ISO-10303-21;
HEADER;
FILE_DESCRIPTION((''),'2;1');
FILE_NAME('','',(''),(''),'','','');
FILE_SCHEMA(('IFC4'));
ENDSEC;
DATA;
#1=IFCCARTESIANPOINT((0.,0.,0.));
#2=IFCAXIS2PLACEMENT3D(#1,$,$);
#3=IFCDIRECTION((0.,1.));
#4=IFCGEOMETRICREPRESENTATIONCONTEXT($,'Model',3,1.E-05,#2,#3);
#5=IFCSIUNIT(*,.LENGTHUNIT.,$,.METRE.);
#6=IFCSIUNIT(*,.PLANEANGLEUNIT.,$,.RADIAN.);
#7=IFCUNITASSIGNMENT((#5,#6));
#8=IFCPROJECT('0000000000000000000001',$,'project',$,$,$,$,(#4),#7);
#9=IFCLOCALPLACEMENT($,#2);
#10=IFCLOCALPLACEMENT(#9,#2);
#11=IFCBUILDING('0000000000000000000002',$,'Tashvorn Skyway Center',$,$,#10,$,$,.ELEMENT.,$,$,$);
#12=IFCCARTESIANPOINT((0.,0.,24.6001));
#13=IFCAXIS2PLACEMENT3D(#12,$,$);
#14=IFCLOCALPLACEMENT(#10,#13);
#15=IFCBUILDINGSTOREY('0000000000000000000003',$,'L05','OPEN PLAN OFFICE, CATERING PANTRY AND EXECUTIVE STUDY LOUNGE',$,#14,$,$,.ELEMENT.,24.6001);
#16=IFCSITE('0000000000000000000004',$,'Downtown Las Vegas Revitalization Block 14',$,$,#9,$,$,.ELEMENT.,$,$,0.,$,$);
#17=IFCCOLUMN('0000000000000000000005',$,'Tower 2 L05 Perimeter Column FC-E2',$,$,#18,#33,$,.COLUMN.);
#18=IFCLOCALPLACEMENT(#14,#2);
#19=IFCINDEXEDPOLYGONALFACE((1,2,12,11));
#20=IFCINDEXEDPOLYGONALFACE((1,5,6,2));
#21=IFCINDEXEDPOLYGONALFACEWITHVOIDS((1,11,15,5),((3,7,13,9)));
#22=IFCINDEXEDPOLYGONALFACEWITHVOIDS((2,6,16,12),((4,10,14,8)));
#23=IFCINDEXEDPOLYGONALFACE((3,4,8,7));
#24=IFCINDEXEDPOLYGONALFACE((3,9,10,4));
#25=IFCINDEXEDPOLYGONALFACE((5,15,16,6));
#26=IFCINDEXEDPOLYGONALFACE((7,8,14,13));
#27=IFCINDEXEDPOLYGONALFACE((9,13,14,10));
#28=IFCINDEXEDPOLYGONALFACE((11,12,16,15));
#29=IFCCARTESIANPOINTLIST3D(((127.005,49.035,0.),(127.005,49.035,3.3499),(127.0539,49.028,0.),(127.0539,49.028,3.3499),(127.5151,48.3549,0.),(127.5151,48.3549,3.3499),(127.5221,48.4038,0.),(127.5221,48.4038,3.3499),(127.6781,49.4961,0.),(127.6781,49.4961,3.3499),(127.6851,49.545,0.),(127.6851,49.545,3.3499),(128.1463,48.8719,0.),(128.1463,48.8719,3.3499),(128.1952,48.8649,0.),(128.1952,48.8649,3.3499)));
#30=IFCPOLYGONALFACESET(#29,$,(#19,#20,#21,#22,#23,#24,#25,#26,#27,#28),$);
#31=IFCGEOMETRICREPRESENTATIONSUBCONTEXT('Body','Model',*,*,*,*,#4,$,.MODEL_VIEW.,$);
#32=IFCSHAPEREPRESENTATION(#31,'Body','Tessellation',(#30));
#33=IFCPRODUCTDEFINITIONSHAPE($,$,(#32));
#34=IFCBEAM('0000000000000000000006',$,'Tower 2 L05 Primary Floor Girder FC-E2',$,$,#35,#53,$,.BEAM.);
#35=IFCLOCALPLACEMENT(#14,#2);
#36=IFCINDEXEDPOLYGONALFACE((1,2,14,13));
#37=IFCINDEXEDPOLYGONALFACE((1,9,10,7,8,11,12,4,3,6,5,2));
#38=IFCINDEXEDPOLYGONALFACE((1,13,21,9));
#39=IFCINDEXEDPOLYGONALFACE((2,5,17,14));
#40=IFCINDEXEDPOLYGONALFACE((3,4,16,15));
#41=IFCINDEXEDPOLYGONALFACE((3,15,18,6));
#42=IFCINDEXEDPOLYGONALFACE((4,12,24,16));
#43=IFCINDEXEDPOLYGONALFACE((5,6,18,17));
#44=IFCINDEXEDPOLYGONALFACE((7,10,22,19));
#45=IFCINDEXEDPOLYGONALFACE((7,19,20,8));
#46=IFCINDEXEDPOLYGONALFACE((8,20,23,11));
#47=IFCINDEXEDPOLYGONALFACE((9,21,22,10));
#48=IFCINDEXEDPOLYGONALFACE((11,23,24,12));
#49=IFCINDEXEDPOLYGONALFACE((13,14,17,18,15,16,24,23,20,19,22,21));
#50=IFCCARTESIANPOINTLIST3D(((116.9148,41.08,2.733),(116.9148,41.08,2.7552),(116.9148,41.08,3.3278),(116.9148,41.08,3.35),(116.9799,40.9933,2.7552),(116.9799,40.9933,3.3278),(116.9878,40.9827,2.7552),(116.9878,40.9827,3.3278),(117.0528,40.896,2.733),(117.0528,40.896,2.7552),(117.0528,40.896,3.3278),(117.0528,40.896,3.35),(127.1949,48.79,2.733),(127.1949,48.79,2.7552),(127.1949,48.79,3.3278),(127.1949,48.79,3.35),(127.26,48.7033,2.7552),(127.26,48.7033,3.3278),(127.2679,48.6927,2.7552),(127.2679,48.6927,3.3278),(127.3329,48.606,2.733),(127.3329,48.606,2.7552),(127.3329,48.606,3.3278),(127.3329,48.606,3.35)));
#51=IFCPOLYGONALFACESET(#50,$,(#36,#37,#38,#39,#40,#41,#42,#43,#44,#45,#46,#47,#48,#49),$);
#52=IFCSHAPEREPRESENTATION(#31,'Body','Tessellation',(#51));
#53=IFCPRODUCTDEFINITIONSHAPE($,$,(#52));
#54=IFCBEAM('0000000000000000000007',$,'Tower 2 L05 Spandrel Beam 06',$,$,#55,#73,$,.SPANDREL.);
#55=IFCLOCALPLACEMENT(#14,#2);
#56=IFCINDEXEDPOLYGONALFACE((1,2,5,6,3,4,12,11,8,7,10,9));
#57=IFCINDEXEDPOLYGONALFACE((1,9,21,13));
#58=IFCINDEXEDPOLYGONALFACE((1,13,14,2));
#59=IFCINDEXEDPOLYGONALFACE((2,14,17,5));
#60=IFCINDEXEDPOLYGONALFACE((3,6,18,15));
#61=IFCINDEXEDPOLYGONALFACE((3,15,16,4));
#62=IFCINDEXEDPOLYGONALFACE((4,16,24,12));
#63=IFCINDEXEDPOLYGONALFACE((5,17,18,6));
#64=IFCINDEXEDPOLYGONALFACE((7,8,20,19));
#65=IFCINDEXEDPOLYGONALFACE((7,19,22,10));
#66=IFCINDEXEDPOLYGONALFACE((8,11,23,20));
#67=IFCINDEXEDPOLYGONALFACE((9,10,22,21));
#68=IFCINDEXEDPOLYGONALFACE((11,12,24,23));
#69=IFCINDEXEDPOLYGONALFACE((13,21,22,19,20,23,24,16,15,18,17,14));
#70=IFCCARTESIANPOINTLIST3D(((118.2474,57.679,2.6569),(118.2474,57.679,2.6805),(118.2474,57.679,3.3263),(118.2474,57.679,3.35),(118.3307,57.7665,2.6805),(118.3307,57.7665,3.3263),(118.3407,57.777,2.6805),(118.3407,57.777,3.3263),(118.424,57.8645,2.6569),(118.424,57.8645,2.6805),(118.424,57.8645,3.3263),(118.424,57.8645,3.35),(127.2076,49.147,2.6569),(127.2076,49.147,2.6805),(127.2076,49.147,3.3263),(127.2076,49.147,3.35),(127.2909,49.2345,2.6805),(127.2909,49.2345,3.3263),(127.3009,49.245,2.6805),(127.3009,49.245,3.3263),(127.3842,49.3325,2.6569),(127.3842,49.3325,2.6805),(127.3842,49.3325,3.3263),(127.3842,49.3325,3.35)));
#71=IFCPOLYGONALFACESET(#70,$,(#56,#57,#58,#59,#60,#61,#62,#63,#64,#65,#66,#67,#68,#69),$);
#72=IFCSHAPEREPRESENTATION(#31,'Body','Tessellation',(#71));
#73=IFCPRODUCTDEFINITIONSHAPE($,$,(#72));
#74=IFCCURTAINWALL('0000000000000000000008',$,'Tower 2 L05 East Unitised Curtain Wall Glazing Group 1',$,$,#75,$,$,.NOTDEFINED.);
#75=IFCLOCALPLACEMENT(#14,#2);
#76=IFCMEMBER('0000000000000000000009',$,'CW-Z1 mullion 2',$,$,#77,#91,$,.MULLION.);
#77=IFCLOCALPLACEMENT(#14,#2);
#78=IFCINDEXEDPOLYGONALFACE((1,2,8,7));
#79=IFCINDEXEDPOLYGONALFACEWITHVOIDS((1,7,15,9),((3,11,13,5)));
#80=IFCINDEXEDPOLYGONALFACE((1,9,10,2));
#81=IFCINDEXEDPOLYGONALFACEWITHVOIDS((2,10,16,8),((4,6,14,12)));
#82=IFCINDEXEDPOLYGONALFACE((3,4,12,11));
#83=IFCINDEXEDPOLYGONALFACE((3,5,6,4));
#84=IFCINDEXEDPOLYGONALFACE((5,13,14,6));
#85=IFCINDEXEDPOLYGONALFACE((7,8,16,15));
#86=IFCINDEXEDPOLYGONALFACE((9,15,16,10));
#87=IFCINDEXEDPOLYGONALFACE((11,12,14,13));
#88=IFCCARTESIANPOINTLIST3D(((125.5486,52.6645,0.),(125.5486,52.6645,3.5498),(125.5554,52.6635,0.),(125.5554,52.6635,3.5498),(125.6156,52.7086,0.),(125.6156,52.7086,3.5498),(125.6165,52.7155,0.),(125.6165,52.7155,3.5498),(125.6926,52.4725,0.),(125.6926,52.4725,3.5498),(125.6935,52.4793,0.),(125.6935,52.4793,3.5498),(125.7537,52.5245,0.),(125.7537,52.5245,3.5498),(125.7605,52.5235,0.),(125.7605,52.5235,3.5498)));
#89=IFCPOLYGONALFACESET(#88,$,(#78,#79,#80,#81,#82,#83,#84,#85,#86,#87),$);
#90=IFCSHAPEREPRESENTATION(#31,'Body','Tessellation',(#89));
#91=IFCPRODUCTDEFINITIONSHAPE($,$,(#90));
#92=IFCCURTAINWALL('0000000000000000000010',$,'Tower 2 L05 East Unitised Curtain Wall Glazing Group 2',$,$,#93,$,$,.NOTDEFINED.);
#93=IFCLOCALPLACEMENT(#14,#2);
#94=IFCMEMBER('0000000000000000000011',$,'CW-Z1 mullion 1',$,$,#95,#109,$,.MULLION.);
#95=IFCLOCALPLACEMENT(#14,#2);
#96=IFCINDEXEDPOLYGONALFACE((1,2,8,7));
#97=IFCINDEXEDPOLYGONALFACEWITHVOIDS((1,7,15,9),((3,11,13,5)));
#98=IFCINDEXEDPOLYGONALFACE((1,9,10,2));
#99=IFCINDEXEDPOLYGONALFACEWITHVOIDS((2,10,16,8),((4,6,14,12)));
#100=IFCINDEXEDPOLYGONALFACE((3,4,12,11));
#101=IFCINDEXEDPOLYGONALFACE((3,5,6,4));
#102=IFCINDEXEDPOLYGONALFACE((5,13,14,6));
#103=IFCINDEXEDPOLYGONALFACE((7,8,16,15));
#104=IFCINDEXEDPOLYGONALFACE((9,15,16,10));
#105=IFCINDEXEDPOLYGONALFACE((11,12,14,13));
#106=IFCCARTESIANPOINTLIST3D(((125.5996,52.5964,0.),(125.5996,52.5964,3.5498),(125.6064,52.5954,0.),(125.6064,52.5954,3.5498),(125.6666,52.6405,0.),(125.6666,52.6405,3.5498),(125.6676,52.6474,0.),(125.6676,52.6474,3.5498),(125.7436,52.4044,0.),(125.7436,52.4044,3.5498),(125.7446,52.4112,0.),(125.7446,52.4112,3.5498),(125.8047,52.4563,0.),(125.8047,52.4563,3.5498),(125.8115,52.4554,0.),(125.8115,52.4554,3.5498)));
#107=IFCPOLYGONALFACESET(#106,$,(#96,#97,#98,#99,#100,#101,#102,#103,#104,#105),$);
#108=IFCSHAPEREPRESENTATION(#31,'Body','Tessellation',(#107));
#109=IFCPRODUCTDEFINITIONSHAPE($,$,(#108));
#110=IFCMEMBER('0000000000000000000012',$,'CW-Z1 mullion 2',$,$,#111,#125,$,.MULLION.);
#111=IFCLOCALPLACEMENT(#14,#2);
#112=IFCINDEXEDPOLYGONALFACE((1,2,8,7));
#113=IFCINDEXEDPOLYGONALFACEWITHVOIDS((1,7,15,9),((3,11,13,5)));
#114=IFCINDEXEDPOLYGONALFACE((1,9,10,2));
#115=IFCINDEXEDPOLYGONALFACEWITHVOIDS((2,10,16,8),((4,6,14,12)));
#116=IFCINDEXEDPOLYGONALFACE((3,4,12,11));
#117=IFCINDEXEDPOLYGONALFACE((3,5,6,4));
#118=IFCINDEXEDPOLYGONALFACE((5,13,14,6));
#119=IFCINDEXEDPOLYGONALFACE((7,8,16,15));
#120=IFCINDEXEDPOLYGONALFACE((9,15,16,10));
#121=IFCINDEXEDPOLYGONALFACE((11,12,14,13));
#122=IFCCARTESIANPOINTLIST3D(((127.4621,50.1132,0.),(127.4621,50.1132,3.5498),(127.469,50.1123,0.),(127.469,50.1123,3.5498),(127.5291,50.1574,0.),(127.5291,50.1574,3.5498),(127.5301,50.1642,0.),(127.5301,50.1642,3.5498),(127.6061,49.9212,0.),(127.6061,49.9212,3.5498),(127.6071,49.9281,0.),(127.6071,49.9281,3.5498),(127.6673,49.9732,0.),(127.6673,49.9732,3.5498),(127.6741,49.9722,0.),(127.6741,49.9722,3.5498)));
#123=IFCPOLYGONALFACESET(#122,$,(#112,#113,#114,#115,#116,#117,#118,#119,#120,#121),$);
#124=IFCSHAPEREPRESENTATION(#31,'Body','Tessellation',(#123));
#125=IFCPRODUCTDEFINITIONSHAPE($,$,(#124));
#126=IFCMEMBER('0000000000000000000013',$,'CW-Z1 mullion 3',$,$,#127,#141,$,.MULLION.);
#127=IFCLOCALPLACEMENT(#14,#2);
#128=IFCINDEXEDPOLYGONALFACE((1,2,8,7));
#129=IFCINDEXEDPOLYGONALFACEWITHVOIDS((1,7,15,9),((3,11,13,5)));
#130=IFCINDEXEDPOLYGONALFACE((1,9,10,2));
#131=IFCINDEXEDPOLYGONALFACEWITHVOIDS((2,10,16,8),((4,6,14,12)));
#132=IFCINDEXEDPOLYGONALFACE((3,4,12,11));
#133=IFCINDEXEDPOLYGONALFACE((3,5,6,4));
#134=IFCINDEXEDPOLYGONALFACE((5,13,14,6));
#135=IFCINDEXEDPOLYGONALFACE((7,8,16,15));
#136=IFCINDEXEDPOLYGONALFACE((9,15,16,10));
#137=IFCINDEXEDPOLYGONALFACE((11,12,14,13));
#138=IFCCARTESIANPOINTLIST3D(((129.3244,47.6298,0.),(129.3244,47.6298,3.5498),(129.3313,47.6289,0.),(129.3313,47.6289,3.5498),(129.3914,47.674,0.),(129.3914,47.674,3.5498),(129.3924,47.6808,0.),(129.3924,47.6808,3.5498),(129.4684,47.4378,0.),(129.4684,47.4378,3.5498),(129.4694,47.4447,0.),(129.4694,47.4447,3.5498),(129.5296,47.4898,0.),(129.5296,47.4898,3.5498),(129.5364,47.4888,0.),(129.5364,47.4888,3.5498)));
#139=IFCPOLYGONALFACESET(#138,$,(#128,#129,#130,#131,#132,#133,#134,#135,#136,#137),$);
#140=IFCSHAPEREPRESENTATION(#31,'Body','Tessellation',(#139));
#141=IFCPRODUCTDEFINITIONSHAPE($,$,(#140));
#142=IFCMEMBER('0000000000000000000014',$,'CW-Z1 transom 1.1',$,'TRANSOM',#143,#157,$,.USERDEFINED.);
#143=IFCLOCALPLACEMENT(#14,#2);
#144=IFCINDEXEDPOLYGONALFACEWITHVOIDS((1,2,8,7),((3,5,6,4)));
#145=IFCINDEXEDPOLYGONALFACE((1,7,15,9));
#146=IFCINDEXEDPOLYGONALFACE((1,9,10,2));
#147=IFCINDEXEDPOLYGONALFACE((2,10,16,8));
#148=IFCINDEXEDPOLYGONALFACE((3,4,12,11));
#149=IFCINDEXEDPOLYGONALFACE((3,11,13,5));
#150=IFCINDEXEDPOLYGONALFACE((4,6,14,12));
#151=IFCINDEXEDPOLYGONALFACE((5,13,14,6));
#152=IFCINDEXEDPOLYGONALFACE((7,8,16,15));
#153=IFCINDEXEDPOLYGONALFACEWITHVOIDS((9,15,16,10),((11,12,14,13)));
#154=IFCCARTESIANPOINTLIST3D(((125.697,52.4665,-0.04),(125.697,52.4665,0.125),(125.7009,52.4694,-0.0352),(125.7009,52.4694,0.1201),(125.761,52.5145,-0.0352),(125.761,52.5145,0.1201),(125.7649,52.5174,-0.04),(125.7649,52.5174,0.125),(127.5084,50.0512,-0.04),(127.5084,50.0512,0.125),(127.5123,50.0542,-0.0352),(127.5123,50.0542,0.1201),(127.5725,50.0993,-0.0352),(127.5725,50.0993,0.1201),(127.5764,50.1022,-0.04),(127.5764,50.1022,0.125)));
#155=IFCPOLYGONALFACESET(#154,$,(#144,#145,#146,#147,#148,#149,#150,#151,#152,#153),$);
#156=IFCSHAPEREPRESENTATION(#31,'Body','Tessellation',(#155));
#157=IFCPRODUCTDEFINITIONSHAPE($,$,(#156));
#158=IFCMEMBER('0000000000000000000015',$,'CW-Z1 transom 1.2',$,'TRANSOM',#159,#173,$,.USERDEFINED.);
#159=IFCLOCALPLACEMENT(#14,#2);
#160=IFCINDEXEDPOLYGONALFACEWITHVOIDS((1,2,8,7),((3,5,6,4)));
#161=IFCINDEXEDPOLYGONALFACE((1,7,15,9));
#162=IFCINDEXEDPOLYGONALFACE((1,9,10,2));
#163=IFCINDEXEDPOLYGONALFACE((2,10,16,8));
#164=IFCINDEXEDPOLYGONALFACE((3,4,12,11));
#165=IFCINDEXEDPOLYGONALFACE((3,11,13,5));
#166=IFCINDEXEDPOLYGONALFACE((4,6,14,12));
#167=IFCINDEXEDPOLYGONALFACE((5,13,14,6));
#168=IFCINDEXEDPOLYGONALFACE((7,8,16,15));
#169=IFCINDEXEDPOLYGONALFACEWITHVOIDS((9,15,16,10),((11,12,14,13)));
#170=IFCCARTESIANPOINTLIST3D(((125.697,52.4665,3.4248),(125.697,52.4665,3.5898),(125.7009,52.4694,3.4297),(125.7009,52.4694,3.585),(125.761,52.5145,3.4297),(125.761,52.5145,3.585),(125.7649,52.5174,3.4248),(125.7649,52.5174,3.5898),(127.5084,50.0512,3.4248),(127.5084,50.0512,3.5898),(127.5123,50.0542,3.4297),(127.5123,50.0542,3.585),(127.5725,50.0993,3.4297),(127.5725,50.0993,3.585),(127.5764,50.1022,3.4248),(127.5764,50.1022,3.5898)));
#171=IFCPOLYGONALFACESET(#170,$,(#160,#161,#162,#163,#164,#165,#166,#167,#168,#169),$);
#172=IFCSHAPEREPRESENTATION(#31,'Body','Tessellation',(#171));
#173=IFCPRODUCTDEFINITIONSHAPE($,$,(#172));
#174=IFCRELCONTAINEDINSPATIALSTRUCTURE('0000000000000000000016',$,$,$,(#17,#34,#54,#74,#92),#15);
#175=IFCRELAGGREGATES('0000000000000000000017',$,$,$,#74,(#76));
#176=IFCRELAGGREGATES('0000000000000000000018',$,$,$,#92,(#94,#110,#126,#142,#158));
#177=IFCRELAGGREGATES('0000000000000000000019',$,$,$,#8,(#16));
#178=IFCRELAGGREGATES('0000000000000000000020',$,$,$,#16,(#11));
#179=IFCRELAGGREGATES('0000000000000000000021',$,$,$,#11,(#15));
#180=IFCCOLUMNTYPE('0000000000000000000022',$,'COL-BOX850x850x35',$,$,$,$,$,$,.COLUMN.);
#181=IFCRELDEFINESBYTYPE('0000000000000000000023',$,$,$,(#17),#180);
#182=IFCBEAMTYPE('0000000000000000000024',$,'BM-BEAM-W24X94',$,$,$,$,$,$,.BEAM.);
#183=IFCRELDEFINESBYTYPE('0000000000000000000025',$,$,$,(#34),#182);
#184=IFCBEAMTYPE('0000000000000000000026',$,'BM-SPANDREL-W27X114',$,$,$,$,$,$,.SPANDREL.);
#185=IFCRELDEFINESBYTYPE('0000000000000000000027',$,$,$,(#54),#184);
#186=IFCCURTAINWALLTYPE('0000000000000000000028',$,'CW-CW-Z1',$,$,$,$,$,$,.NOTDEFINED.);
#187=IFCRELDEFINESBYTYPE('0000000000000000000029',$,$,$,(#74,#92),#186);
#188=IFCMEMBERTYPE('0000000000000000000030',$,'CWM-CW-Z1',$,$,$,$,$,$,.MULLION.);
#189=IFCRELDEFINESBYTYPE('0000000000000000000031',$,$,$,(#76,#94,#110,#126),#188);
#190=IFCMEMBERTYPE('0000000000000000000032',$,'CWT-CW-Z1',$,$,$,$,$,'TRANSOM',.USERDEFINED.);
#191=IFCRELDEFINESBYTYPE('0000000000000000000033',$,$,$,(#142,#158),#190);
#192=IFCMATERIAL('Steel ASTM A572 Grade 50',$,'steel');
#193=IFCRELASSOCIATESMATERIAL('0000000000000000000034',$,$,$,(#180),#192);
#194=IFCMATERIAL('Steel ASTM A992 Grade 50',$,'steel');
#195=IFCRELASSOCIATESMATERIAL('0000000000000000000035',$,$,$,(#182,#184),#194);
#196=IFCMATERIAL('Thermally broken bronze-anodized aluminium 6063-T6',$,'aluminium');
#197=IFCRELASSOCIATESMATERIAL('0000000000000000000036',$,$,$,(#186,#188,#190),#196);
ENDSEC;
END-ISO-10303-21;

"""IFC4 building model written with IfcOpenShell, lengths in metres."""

from ifc_helpers import new_model, si_unit, direction, frame, origin, origin_2d, place, context, subcontext, project, spatial, hollow_rectangle, i_section, extrude, material, material_profile, profile_set, type_object, element, aggregate, save


model = new_model("IFC4")

# Units and contexts
model_context = context("Model", 3, precision=1e-05, world=origin(), true_north=direction((0.0, 1.0)))
body_context = subcontext(model_context, "Body", "Model", "MODEL_VIEW")
ifc_project = project(units=[si_unit("LENGTHUNIT", "METRE"), si_unit("PLANEANGLEUNIT", "RADIAN")], contexts=[model_context])

# Site, building, storey
site_placement = place(None, origin())
site = spatial("IfcSite", under=ifc_project, at=site_placement, Name="Downtown Las Vegas Revitalization Block 14", CompositionType="ELEMENT", RefElevation=0.0)
building_placement = place(site_placement, origin())
building = spatial("IfcBuilding", under=site, at=building_placement, Name="Tashvorn Skyway Center", CompositionType="ELEMENT")
storey_placement = place(building_placement, frame((0.0, 0.0, 24.6001)))
storey = spatial("IfcBuildingStorey", under=building, at=storey_placement, Name="L05", Description="OPEN PLAN OFFICE, CATERING PANTRY AND EXECUTIVE STUDY LOUNGE", CompositionType="ELEMENT", Elevation=24.6001)

# Column
ifc_material_1 = material(Name="Steel ASTM A572 Grade 50", Category="steel")
ifc_material_profile_1 = material_profile(ifc_material_1, hollow_rectangle(XDim=0.8501, YDim=0.8501, WallThickness=0.0349, at=origin_2d()), Name="BOX850x850x35")
ifc_profile_set_1 = profile_set([ifc_material_profile_1], Name="Steel ASTM A572 Grade 50")
column_type = type_object("IfcColumnType", Name="COL-BOX850x850x35", PredefinedType="COLUMN", material=ifc_profile_set_1)
column_placement = place(storey_placement, frame((127.6001, 48.95, 0.0), z_axis=(0.0, 0.0, 1.0), x_axis=(0.8, 0.6, 0.0)))
element("IfcColumn", 1, at=column_placement, inside=storey, type_object=column_type, Name="Tower 2 L05 Perimeter Column FC-E2", PredefinedType="COLUMN", context=body_context, shape_type="SweptSolid", body=[
    extrude(hollow_rectangle(XDim=0.8501, YDim=0.8501, WallThickness=0.0349, at=origin_2d()), origin(), (0.0, 0.0, 1.0), 3.3499),
])

# Beams
ifc_material_2 = material(Name="Steel ASTM A992 Grade 50", Category="steel")
ifc_material_profile_2 = material_profile(ifc_material_2, i_section(OverallWidth=0.23, OverallDepth=0.6169, WebThickness=0.0132, FlangeThickness=0.0222, at=origin_2d()), Name="W24X94")
ifc_profile_set_2 = profile_set([ifc_material_profile_2], Name="Steel ASTM A992 Grade 50")
beam_type_1 = type_object("IfcBeamType", Name="BM-BEAM-W24X94", PredefinedType="BEAM", material=ifc_profile_set_2)
beam_1_placement = place(storey_placement, frame((127.2639, 48.698, 3.0415), z_axis=(-0.800002, -0.599997, 0.0), x_axis=(0.599997, -0.800002, 0.0)))
element("IfcBeam", 2, at=beam_1_placement, inside=storey, type_object=beam_type_1, Name="Tower 2 L05 Primary Floor Girder FC-E2", PredefinedType="BEAM", context=body_context, shape_type="SweptSolid", body=[
    extrude(i_section(OverallWidth=0.23, OverallDepth=0.6169, WebThickness=0.0132, FlangeThickness=0.0222, at=origin_2d()), origin(), (0.0, 0.0, 1.0), 12.8501),
])
ifc_material_profile_3 = material_profile(ifc_material_2, i_section(OverallWidth=0.2561, OverallDepth=0.6931, WebThickness=0.0144, FlangeThickness=0.0237, at=origin_2d()), Name="W27X114")
ifc_profile_set_3 = profile_set([ifc_material_profile_3], Name="Steel ASTM A992 Grade 50")
beam_type_2 = type_object("IfcBeamType", Name="BM-SPANDREL-W27X114", PredefinedType="SPANDREL", material=ifc_profile_set_3)
beam_2_placement = place(storey_placement, frame((127.2959, 49.2397, 3.0034), z_axis=(-0.7242, 0.68959, 0.0), x_axis=(-0.68959, -0.7242, 0.0)))
element("IfcBeam", 3, at=beam_2_placement, inside=storey, type_object=beam_type_2, Name="Tower 2 L05 Spandrel Beam 06", PredefinedType="SPANDREL", context=body_context, shape_type="SweptSolid", body=[
    extrude(i_section(OverallWidth=0.2561, OverallDepth=0.6931, WebThickness=0.0144, FlangeThickness=0.0237, at=origin_2d()), origin(), (0.0, 0.0, 1.0), 12.3726),
])

# Curtain wall, member
ifc_material_3 = material(Name="Thermally broken bronze-anodized aluminium 6063-T6", Category="aluminium")
curtain_wall_type = type_object("IfcCurtainWallType", Name="CW-CW-Z1", PredefinedType="NOTDEFINED", material=ifc_material_3)
curtain_wall_1_placement = place(storey_placement, origin())
curtain_wall_1 = element("IfcCurtainWall", 4, at=curtain_wall_1_placement, inside=storey, type_object=curtain_wall_type, Name="Tower 2 L05 East Unitised Curtain Wall Glazing Group 1", PredefinedType="NOTDEFINED")
ifc_material_profile_4 = material_profile(ifc_material_3, hollow_rectangle(XDim=0.085, YDim=0.24, WallThickness=0.0049, at=origin_2d()), Name="ALU-MULL-85x240")
ifc_profile_set_4 = profile_set([ifc_material_profile_4], Name="Thermally broken bronze-anodized aluminium 6063-T6")
member_type_1 = type_object("IfcMemberType", Name="CWM-CW-Z1", PredefinedType="MULLION", material=ifc_profile_set_4)
member_1_placement = place(storey_placement, frame((125.6545, 52.594, 0.0), z_axis=(0.0, 0.0, 1.0), x_axis=(0.8, 0.6, 0.0)))
member_1 = element("IfcMember", 5, at=member_1_placement, type_object=member_type_1, Name="CW-Z1 mullion 2", PredefinedType="MULLION", context=body_context, shape_type="SweptSolid", body=[
    extrude(hollow_rectangle(XDim=0.085, YDim=0.24, WallThickness=0.0049, at=origin_2d()), origin(), (0.0, 0.0, 1.0), 3.5498),
])
aggregate(curtain_wall_1, [member_1])

# Curtain wall, members
curtain_wall_2_placement = place(storey_placement, origin())
curtain_wall_2 = element("IfcCurtainWall", 6, at=curtain_wall_2_placement, inside=storey, type_object=curtain_wall_type, Name="Tower 2 L05 East Unitised Curtain Wall Glazing Group 2", PredefinedType="NOTDEFINED")
member_2_placement = place(storey_placement, frame((125.7056, 52.5259, 0.0), z_axis=(0.0, 0.0, 1.0), x_axis=(0.800002, 0.599997, 0.0)))
member_2 = element("IfcMember", 7, at=member_2_placement, type_object=member_type_1, Name="CW-Z1 mullion 1", PredefinedType="MULLION", context=body_context, shape_type="SweptSolid", body=[
    extrude(hollow_rectangle(XDim=0.085, YDim=0.24, WallThickness=0.0049, at=origin_2d()), origin(), (0.0, 0.0, 1.0), 3.5498),
])
member_3_placement = place(storey_placement, frame((127.5681, 50.0427, 0.0), z_axis=(0.0, 0.0, 1.0), x_axis=(0.800002, 0.599997, 0.0)))
member_3 = element("IfcMember", 8, at=member_3_placement, type_object=member_type_1, Name="CW-Z1 mullion 2", PredefinedType="MULLION", context=body_context, shape_type="SweptSolid", body=[
    extrude(hollow_rectangle(XDim=0.085, YDim=0.24, WallThickness=0.0049, at=origin_2d()), origin(), (0.0, 0.0, 1.0), 3.5498),
])
member_4_placement = place(storey_placement, frame((129.4304, 47.5593, 0.0), z_axis=(0.0, 0.0, 1.0), x_axis=(0.800002, 0.599997, 0.0)))
member_4 = element("IfcMember", 9, at=member_4_placement, type_object=member_type_1, Name="CW-Z1 mullion 3", PredefinedType="MULLION", context=body_context, shape_type="SweptSolid", body=[
    extrude(hollow_rectangle(XDim=0.085, YDim=0.24, WallThickness=0.0049, at=origin_2d()), origin(), (0.0, 0.0, 1.0), 3.5498),
])
ifc_material_profile_5 = material_profile(ifc_material_3, hollow_rectangle(XDim=0.085, YDim=0.165, WallThickness=0.0049, at=origin_2d()), Name="ALU-TRAN-85x165")
ifc_profile_set_5 = profile_set([ifc_material_profile_5], Name="Thermally broken bronze-anodized aluminium 6063-T6")
member_type_2 = type_object("IfcMemberType", Name="CWT-CW-Z1", ElementType="TRANSOM", PredefinedType="USERDEFINED", material=ifc_profile_set_5)
member_5_placement = place(storey_placement, frame((125.731, 52.4919, 0.0425), z_axis=(0.600013, -0.79999, 0.0), x_axis=(0.79999, 0.600013, 0.0)))
member_5 = element("IfcMember", 10, at=member_5_placement, type_object=member_type_2, Name="CW-Z1 transom 1.1", ObjectType="TRANSOM", PredefinedType="USERDEFINED", context=body_context, shape_type="SweptSolid", body=[
    extrude(hollow_rectangle(XDim=0.085, YDim=0.165, WallThickness=0.0049, at=origin_2d()), origin(), (0.0, 0.0, 1.0), 3.019),
])
member_6_placement = place(storey_placement, frame((125.731, 52.4919, 3.5073), z_axis=(0.600013, -0.79999, 0.0), x_axis=(0.79999, 0.600013, 0.0)))
member_6 = element("IfcMember", 11, at=member_6_placement, type_object=member_type_2, Name="CW-Z1 transom 1.2", ObjectType="TRANSOM", PredefinedType="USERDEFINED", context=body_context, shape_type="SweptSolid", body=[
    extrude(hollow_rectangle(XDim=0.085, YDim=0.165, WallThickness=0.0049, at=origin_2d()), origin(), (0.0, 0.0, 1.0), 3.019),
])

aggregate(curtain_wall_2, [member_2, member_3, member_4, member_5, member_6])

save(model, "model.ifc")
